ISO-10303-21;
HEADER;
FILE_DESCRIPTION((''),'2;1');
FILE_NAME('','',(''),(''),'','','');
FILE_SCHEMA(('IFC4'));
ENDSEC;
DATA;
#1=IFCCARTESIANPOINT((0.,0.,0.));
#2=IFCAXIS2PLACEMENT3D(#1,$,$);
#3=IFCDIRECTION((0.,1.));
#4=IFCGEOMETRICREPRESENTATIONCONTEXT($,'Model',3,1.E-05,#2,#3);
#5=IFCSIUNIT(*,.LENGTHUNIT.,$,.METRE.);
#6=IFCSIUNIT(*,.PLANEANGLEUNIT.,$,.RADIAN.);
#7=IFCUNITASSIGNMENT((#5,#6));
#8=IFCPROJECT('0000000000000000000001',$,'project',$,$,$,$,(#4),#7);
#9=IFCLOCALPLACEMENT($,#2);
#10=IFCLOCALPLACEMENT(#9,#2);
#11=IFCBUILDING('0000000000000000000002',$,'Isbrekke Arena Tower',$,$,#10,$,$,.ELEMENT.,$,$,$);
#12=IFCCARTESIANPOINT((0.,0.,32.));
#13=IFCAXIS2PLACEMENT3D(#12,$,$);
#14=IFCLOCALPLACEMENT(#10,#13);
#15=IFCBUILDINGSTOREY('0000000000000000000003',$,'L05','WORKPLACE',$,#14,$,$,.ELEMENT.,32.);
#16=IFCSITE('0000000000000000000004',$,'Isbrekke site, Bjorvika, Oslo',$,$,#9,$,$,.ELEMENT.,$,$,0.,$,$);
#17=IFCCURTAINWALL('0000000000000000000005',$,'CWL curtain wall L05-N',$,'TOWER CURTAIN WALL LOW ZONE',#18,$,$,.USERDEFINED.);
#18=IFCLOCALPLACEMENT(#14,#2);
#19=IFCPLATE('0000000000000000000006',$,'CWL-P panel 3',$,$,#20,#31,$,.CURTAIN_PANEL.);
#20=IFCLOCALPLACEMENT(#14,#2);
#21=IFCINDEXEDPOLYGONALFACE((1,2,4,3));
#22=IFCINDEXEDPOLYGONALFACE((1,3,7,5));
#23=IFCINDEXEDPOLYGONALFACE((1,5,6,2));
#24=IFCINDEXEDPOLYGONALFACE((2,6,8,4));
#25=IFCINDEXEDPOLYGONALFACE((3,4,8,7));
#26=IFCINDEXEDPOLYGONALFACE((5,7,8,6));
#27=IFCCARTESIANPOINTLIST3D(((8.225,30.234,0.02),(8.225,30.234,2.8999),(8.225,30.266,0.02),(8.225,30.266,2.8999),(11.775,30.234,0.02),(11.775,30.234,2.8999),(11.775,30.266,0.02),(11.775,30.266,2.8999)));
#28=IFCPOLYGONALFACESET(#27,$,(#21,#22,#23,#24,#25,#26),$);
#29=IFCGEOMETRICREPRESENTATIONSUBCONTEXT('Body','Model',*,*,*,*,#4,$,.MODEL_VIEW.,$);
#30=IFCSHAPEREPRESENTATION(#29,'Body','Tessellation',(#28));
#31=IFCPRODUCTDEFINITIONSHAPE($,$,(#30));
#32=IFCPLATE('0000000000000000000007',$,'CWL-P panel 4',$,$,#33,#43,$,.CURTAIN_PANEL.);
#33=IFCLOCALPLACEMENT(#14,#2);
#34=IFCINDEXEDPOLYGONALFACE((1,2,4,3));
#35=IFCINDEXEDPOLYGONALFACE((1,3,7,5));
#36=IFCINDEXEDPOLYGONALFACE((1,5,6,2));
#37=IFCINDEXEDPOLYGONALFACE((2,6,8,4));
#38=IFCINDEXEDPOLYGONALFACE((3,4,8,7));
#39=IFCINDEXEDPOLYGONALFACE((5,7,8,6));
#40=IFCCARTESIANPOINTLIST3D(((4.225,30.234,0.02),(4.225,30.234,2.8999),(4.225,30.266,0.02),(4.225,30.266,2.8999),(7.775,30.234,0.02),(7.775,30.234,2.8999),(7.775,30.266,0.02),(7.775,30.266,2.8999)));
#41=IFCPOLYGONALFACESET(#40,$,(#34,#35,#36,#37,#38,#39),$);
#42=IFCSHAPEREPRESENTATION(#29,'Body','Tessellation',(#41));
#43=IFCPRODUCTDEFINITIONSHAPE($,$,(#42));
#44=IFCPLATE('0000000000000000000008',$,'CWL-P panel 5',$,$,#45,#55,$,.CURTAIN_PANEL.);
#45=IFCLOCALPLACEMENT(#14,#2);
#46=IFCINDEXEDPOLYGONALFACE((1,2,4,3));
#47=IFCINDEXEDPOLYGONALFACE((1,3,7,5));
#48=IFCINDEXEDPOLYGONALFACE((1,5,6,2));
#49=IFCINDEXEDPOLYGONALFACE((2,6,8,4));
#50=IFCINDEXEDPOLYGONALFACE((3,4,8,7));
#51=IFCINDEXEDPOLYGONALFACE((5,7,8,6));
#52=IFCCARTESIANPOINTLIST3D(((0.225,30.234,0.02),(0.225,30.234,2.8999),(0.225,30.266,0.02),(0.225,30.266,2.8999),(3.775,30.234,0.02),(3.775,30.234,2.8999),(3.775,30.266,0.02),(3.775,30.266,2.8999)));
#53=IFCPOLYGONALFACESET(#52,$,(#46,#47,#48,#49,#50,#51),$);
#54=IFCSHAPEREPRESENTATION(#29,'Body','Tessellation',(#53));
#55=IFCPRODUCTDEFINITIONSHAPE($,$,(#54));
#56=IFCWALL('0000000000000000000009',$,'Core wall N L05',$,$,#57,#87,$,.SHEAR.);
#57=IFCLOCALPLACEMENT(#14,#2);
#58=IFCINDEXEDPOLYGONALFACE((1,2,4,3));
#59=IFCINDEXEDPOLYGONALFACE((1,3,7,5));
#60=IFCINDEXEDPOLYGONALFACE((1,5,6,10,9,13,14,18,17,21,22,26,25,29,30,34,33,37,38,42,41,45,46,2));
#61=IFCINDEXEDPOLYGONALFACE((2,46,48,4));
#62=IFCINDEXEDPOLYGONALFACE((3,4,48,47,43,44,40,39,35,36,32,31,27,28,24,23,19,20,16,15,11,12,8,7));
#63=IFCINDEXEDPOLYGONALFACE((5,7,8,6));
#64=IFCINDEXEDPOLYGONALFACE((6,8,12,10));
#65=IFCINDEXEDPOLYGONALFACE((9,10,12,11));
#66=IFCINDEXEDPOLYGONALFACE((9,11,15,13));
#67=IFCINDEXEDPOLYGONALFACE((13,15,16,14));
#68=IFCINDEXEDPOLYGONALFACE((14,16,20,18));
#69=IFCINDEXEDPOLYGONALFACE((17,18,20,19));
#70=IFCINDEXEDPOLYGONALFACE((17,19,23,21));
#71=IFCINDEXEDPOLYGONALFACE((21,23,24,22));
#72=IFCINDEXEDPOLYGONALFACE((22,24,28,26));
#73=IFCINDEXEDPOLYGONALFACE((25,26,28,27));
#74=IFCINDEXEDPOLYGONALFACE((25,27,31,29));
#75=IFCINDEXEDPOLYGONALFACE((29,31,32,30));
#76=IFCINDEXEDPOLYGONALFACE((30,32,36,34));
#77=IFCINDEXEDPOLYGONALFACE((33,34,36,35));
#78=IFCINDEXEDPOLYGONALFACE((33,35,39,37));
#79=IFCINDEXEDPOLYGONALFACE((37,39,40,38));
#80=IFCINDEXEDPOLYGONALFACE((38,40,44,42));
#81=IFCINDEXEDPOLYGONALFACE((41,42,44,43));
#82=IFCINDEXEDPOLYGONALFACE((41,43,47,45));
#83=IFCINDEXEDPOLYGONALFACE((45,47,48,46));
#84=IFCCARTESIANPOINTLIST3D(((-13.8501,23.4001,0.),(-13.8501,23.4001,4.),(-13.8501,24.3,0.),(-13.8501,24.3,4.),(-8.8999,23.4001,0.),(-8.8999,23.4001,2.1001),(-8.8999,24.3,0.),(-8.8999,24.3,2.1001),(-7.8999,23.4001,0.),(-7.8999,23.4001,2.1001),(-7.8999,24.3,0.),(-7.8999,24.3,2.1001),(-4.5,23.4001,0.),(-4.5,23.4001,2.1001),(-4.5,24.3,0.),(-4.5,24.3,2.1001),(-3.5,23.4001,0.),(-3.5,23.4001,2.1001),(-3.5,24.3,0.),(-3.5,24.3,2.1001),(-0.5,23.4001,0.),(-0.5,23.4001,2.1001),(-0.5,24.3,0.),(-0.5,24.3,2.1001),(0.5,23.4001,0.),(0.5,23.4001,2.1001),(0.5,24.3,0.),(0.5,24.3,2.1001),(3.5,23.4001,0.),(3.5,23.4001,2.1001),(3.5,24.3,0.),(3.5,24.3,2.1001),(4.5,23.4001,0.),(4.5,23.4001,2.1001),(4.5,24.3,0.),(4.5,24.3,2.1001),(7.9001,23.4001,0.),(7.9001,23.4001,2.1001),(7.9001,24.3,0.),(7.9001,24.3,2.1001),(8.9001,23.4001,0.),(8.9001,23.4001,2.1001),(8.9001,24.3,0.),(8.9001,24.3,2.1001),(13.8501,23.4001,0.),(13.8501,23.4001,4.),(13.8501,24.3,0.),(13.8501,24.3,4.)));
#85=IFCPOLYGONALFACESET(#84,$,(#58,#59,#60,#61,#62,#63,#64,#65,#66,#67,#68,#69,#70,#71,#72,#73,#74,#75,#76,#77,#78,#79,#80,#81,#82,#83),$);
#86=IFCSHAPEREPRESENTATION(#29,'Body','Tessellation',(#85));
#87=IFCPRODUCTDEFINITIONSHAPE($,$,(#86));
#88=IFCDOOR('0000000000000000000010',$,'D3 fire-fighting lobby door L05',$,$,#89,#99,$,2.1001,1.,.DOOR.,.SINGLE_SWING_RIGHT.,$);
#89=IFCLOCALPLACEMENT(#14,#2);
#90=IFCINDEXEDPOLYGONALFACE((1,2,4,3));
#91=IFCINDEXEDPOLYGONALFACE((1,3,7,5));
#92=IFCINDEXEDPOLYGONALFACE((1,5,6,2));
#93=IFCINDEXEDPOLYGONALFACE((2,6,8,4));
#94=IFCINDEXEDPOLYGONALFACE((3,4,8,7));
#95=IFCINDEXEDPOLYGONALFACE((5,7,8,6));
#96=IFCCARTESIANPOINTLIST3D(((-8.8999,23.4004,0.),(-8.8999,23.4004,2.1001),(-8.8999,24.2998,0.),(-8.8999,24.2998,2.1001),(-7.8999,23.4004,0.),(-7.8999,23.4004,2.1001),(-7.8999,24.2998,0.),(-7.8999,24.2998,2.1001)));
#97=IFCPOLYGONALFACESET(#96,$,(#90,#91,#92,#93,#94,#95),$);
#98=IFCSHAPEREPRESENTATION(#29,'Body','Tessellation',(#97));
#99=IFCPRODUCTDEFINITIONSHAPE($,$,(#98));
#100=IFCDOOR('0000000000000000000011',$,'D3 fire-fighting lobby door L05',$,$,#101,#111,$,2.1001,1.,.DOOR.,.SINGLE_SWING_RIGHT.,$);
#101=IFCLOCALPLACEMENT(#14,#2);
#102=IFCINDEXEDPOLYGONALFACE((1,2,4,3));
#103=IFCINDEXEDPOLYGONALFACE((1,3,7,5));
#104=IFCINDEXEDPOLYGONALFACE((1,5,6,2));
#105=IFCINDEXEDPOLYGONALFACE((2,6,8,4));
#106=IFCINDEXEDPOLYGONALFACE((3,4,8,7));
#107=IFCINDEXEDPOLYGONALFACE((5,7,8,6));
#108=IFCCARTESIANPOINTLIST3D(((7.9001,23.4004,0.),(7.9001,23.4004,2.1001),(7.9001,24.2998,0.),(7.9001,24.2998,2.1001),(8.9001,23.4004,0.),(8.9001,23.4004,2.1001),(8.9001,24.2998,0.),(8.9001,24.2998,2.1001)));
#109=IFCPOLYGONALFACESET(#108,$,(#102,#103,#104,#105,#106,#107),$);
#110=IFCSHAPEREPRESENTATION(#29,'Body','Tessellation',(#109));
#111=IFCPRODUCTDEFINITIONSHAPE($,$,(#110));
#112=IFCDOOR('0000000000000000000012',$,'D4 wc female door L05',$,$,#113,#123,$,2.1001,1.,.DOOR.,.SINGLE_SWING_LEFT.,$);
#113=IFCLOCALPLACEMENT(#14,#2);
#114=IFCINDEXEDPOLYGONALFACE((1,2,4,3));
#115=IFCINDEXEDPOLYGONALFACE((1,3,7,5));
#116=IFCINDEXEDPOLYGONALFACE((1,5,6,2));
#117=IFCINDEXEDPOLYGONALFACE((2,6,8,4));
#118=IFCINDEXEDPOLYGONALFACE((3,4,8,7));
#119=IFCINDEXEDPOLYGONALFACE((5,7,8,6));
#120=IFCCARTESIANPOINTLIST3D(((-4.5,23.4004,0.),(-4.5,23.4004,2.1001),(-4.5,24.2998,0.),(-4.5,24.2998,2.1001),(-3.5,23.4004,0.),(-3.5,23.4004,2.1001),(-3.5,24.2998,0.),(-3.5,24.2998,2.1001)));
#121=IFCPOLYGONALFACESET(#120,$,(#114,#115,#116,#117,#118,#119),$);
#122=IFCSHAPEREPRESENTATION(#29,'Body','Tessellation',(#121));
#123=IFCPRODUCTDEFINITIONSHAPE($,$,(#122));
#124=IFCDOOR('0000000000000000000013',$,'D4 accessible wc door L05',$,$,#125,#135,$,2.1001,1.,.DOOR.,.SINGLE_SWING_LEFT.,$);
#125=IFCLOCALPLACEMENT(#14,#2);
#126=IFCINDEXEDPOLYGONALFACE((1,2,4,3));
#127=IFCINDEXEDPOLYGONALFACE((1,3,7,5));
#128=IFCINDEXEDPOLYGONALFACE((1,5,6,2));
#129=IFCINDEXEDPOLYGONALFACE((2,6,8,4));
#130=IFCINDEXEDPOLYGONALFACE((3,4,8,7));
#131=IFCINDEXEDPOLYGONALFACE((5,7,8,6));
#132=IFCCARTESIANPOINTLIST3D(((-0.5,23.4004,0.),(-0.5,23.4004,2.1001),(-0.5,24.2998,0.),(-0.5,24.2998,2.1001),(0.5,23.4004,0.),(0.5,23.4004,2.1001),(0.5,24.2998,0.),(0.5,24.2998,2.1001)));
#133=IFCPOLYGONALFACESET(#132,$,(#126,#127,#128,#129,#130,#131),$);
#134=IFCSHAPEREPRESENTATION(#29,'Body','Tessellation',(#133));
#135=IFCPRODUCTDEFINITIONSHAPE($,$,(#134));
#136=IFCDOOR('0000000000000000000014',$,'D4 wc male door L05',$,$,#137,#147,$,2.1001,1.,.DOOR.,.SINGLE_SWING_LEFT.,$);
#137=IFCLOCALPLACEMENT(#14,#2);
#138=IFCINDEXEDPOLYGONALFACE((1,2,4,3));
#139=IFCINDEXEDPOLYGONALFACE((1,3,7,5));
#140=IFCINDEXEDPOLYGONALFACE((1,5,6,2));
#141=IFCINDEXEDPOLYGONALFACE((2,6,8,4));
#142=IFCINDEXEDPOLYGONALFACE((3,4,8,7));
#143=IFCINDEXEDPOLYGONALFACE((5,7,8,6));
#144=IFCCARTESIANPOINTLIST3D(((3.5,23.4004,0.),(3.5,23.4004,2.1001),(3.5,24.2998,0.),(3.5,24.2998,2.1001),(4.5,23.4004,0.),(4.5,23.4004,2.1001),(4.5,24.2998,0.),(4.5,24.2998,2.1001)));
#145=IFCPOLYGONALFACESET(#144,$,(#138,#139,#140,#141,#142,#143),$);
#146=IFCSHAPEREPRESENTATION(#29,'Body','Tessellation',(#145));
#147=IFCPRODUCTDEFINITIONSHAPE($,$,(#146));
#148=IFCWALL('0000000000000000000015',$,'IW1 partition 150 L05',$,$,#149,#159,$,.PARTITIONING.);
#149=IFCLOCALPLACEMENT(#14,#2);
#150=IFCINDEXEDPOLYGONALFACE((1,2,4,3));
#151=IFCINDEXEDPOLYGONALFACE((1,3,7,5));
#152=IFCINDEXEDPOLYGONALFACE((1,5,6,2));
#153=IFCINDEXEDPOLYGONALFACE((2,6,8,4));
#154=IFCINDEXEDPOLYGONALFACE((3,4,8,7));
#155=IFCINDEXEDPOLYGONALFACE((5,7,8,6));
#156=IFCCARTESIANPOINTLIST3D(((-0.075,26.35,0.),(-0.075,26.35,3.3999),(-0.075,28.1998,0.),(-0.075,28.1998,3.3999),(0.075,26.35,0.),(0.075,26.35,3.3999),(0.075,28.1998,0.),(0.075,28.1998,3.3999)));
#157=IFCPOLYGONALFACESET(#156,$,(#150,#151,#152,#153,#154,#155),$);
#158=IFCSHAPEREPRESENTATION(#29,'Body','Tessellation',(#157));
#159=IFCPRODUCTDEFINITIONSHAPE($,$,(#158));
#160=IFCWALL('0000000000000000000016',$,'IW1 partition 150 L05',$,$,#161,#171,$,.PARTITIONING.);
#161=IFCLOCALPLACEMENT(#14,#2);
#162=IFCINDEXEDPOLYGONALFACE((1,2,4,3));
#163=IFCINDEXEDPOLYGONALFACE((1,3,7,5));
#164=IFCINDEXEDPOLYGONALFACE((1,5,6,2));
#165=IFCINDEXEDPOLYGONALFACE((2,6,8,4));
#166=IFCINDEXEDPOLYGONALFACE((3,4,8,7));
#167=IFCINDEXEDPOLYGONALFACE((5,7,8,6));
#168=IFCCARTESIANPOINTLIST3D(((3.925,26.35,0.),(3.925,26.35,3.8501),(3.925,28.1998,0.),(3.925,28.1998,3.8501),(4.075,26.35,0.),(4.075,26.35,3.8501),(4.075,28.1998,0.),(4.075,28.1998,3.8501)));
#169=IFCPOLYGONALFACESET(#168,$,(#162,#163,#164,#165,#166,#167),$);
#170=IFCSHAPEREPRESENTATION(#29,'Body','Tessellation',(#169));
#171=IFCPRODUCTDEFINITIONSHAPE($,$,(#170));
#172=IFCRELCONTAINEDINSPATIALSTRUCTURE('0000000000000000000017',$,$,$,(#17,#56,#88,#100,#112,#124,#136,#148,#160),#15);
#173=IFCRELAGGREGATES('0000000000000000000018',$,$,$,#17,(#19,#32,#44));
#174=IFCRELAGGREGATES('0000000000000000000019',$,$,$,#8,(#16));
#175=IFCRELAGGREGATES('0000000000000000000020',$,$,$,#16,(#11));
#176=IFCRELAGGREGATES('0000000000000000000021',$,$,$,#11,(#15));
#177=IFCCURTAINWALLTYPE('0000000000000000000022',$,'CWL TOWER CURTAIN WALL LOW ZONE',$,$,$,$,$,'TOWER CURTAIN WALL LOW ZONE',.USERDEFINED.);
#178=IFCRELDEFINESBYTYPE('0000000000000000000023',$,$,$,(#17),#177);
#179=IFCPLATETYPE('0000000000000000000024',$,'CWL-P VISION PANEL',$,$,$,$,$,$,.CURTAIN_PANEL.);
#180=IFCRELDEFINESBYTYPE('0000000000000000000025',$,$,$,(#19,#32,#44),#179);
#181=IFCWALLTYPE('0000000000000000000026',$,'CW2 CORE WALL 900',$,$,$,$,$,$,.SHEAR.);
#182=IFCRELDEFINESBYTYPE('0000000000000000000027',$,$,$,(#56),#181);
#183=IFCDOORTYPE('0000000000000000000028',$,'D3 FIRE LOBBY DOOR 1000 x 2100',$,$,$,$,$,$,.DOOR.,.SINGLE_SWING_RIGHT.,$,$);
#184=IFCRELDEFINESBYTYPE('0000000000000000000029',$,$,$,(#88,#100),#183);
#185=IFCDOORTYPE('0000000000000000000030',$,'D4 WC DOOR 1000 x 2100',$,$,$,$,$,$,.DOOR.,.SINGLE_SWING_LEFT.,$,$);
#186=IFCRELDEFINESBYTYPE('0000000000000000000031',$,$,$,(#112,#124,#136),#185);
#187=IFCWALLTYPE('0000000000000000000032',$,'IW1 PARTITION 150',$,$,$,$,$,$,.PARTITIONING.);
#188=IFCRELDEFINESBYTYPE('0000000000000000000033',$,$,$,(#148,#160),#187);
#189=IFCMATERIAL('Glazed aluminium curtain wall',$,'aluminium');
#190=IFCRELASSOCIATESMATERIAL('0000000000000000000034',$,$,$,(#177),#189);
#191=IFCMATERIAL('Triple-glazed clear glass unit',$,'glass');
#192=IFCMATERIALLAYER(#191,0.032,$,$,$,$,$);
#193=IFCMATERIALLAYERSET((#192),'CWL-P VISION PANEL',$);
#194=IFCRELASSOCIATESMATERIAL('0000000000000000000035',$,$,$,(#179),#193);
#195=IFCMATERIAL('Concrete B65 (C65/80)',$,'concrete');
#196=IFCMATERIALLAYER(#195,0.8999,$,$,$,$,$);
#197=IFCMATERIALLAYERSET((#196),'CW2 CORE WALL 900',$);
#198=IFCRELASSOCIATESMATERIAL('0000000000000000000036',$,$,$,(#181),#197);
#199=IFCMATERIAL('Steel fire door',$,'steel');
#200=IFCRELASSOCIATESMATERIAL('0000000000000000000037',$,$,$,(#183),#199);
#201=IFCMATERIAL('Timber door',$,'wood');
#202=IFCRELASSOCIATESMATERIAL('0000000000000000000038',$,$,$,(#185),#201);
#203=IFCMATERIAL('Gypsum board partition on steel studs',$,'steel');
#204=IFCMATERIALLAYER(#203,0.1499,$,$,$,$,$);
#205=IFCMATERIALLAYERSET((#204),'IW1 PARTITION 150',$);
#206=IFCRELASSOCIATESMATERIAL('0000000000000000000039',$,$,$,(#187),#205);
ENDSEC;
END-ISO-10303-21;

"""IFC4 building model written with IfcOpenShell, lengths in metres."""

from ifc_helpers import new_model, si_unit, direction, frame, frame_2d, origin, origin_2d, place, context, subcontext, project, spatial, rectangle, extrude, material, layer, layer_set, type_object, element, fill, aggregate, save


model = new_model("IFC4")

# Units and contexts
model_context = context("Model", 3, precision=1e-05, world=origin(), true_north=direction((0.0, 1.0)))
body_context = subcontext(model_context, "Body", "Model", "MODEL_VIEW")
ifc_project = project(units=[si_unit("LENGTHUNIT", "METRE"), si_unit("PLANEANGLEUNIT", "RADIAN")], contexts=[model_context])

# Site, building, storey
site_placement = place(None, origin())
site = spatial("IfcSite", under=ifc_project, at=site_placement, Name="Isbrekke site, Bjorvika, Oslo", CompositionType="ELEMENT", RefElevation=0.0)
building_placement = place(site_placement, origin())
building = spatial("IfcBuilding", under=site, at=building_placement, Name="Isbrekke Arena Tower", CompositionType="ELEMENT")
storey_placement = place(building_placement, frame((0.0, 0.0, 32.0)))
storey = spatial("IfcBuildingStorey", under=building, at=storey_placement, Name="L05", Description="WORKPLACE", CompositionType="ELEMENT", Elevation=32.0)

# Curtain wall
ifc_material_1 = material(Name="Glazed aluminium curtain wall", Category="aluminium")
curtain_wall_type = type_object("IfcCurtainWallType", Name="CWL TOWER CURTAIN WALL LOW ZONE", ElementType="TOWER CURTAIN WALL LOW ZONE", PredefinedType="USERDEFINED", material=ifc_material_1)
curtain_wall_placement = place(storey_placement, origin())
curtain_wall = element("IfcCurtainWall", 1, at=curtain_wall_placement, inside=storey, type_object=curtain_wall_type, Name="CWL curtain wall L05-N", ObjectType="TOWER CURTAIN WALL LOW ZONE", PredefinedType="USERDEFINED")

# Plates
ifc_material_2 = material(Name="Triple-glazed clear glass unit", Category="glass")
ifc_layer_1 = layer(ifc_material_2, 0.032)
ifc_layer_set_1 = layer_set([ifc_layer_1], Name="CWL-P VISION PANEL")
plate_type = type_object("IfcPlateType", Name="CWL-P VISION PANEL", PredefinedType="CURTAIN_PANEL", material=ifc_layer_set_1)
plate_1_placement = place(storey_placement, frame((10.0, 30.25, 0.02), z_axis=(0.0, 0.0, 1.0), x_axis=(-1.0, 0.0, 0.0)))
plate_1 = element("IfcPlate", 2, at=plate_1_placement, type_object=plate_type, Name="CWL-P panel 3", PredefinedType="CURTAIN_PANEL", context=body_context, shape_type="SweptSolid", body=[
    extrude(rectangle(XDim=3.55, YDim=0.032, at=origin_2d()), origin(), (0.0, 0.0, 1.0), 2.8799),
])
plate_2_placement = place(storey_placement, frame((6.0, 30.25, 0.02), z_axis=(0.0, 0.0, 1.0), x_axis=(-1.0, 0.0, 0.0)))
plate_2 = element("IfcPlate", 3, at=plate_2_placement, type_object=plate_type, Name="CWL-P panel 4", PredefinedType="CURTAIN_PANEL", context=body_context, shape_type="SweptSolid", body=[
    extrude(rectangle(XDim=3.55, YDim=0.032, at=origin_2d()), origin(), (0.0, 0.0, 1.0), 2.8799),
])
plate_3_placement = place(storey_placement, frame((2.0, 30.25, 0.02), z_axis=(0.0, 0.0, 1.0), x_axis=(-1.0, 0.0, 0.0)))
plate_3 = element("IfcPlate", 4, at=plate_3_placement, type_object=plate_type, Name="CWL-P panel 5", PredefinedType="CURTAIN_PANEL", context=body_context, shape_type="SweptSolid", body=[
    extrude(rectangle(XDim=3.55, YDim=0.032, at=origin_2d()), origin(), (0.0, 0.0, 1.0), 2.8799),
])
aggregate(curtain_wall, [plate_1, plate_2, plate_3])

# Wall, openings, doors
ifc_material_3 = material(Name="Concrete B65 (C65/80)", Category="concrete")
ifc_layer_2 = layer(ifc_material_3, 0.8999)
ifc_layer_set_2 = layer_set([ifc_layer_2], Name="CW2 CORE WALL 900")
wall_type_1 = type_object("IfcWallType", Name="CW2 CORE WALL 900", PredefinedType="SHEAR", material=ifc_layer_set_2)
wall_1_placement = place(storey_placement, frame((13.8501, 23.8501, 0.0), z_axis=(0.0, 0.0, 1.0), x_axis=(-1.0, 0.0, 0.0)))
wall_1 = element("IfcWall", 5, at=wall_1_placement, inside=storey, type_object=wall_type_1, Name="Core wall N L05", PredefinedType="SHEAR", context=body_context, shape_type="SweptSolid", body=[
    extrude(rectangle(XDim=27.7002, YDim=0.8999, at=frame_2d((13.8501, 0.0))), origin(), (0.0, 0.0, 1.0), 4.0),
])
opening_1_placement = place(wall_1_placement, frame((21.75, 0.0, 0.0)))
opening_1 = element("IfcOpeningElement", 6, at=opening_1_placement, cuts=wall_1, PredefinedType="OPENING", context=body_context, shape_type="SweptSolid", body=[
    extrude(rectangle(XDim=1.0, YDim=2.1001, at=frame_2d((0.5, 1.05))), frame((0.0, 0.4648, 0.0), z_axis=(0.0, -1.0, 0.0), x_axis=(1.0, 0.0, 0.0)), (0.0, 0.0, 1.0), 0.9297),
])
opening_2_placement = place(wall_1_placement, frame((4.95, 0.0, 0.0)))
opening_2 = element("IfcOpeningElement", 7, at=opening_2_placement, cuts=wall_1, PredefinedType="OPENING", context=body_context, shape_type="SweptSolid", body=[
    extrude(rectangle(XDim=1.0, YDim=2.1001, at=frame_2d((0.5, 1.05))), frame((0.0, 0.4648, 0.0), z_axis=(0.0, -1.0, 0.0), x_axis=(1.0, 0.0, 0.0)), (0.0, 0.0, 1.0), 0.9297),
])
opening_3_placement = place(wall_1_placement, frame((17.3501, 0.0, 0.0)))
opening_3 = element("IfcOpeningElement", 8, at=opening_3_placement, cuts=wall_1, PredefinedType="OPENING", context=body_context, shape_type="SweptSolid", body=[
    extrude(rectangle(XDim=1.0, YDim=2.1001, at=frame_2d((0.5, 1.05))), frame((0.0, 0.4648, 0.0), z_axis=(0.0, -1.0, 0.0), x_axis=(1.0, 0.0, 0.0)), (0.0, 0.0, 1.0), 0.9297),
])
opening_4_placement = place(wall_1_placement, frame((13.3501, 0.0, 0.0)))
opening_4 = element("IfcOpeningElement", 9, at=opening_4_placement, cuts=wall_1, PredefinedType="OPENING", context=body_context, shape_type="SweptSolid", body=[
    extrude(rectangle(XDim=1.0, YDim=2.1001, at=frame_2d((0.5, 1.05))), frame((0.0, 0.4648, 0.0), z_axis=(0.0, -1.0, 0.0), x_axis=(1.0, 0.0, 0.0)), (0.0, 0.0, 1.0), 0.9297),
])
opening_5_placement = place(wall_1_placement, frame((9.3501, 0.0, 0.0)))
opening_5 = element("IfcOpeningElement", 10, at=opening_5_placement, cuts=wall_1, PredefinedType="OPENING", context=body_context, shape_type="SweptSolid", body=[
    extrude(rectangle(XDim=1.0, YDim=2.1001, at=frame_2d((0.5, 1.05))), frame((0.0, 0.4648, 0.0), z_axis=(0.0, -1.0, 0.0), x_axis=(1.0, 0.0, 0.0)), (0.0, 0.0, 1.0), 0.9297),
])
ifc_material_4 = material(Name="Steel fire door", Category="steel")
door_type_1 = type_object("IfcDoorType", Name="D3 FIRE LOBBY DOOR 1000 x 2100", OperationType="SINGLE_SWING_RIGHT", PredefinedType="DOOR", material=ifc_material_4)
door_1_placement = place(opening_1_placement, origin())
door_1 = element("IfcDoor", 11, at=door_1_placement, inside=storey, type_object=door_type_1, Name="D3 fire-fighting lobby door L05", OperationType="SINGLE_SWING_RIGHT", OverallHeight=2.1001, OverallWidth=1.0, PredefinedType="DOOR", context=body_context, shape_type="SweptSolid", body=[
    extrude(rectangle(XDim=1.0, YDim=2.1001, at=frame_2d((0.5, 1.05))), frame((0.0, 0.4497, 0.0), z_axis=(0.0, -1.0, 0.0), x_axis=(1.0, 0.0, 0.0)), (0.0, 0.0, 1.0), 0.8994),
])
fill(opening_1, door_1)
door_2_placement = place(opening_2_placement, origin())
door_2 = element("IfcDoor", 12, at=door_2_placement, inside=storey, type_object=door_type_1, Name="D3 fire-fighting lobby door L05", OperationType="SINGLE_SWING_RIGHT", OverallHeight=2.1001, OverallWidth=1.0, PredefinedType="DOOR", context=body_context, shape_type="SweptSolid", body=[
    extrude(rectangle(XDim=1.0, YDim=2.1001, at=frame_2d((0.5, 1.05))), frame((0.0, 0.4497, 0.0), z_axis=(0.0, -1.0, 0.0), x_axis=(1.0, 0.0, 0.0)), (0.0, 0.0, 1.0), 0.8994),
])
fill(opening_2, door_2)
ifc_material_5 = material(Name="Timber door", Category="wood")
door_type_2 = type_object("IfcDoorType", Name="D4 WC DOOR 1000 x 2100", OperationType="SINGLE_SWING_LEFT", PredefinedType="DOOR", material=ifc_material_5)
door_3_placement = place(opening_3_placement, origin())
door_3 = element("IfcDoor", 13, at=door_3_placement, inside=storey, type_object=door_type_2, Name="D4 wc female door L05", OperationType="SINGLE_SWING_LEFT", OverallHeight=2.1001, OverallWidth=1.0, PredefinedType="DOOR", context=body_context, shape_type="SweptSolid", body=[
    extrude(rectangle(XDim=1.0, YDim=2.1001, at=frame_2d((0.5, 1.05))), frame((0.0, 0.4497, 0.0), z_axis=(0.0, -1.0, 0.0), x_axis=(1.0, 0.0, 0.0)), (0.0, 0.0, 1.0), 0.8994),
])
fill(opening_3, door_3)
door_4_placement = place(opening_4_placement, origin())
door_4 = element("IfcDoor", 14, at=door_4_placement, inside=storey, type_object=door_type_2, Name="D4 accessible wc door L05", OperationType="SINGLE_SWING_LEFT", OverallHeight=2.1001, OverallWidth=1.0, PredefinedType="DOOR", context=body_context, shape_type="SweptSolid", body=[
    extrude(rectangle(XDim=1.0, YDim=2.1001, at=frame_2d((0.5, 1.05))), frame((0.0, 0.4497, 0.0), z_axis=(0.0, -1.0, 0.0), x_axis=(1.0, 0.0, 0.0)), (0.0, 0.0, 1.0), 0.8994),
])
fill(opening_4, door_4)
door_5_placement = place(opening_5_placement, origin())
door_5 = element("IfcDoor", 15, at=door_5_placement, inside=storey, type_object=door_type_2, Name="D4 wc male door L05", OperationType="SINGLE_SWING_LEFT", OverallHeight=2.1001, OverallWidth=1.0, PredefinedType="DOOR", context=body_context, shape_type="SweptSolid", body=[
    extrude(rectangle(XDim=1.0, YDim=2.1001, at=frame_2d((0.5, 1.05))), frame((0.0, 0.4497, 0.0), z_axis=(0.0, -1.0, 0.0), x_axis=(1.0, 0.0, 0.0)), (0.0, 0.0, 1.0), 0.8994),
])
fill(opening_5, door_5)

# Walls
ifc_material_6 = material(Name="Gypsum board partition on steel studs", Category="steel")
ifc_layer_3 = layer(ifc_material_6, 0.1499)
ifc_layer_set_3 = layer_set([ifc_layer_3], Name="IW1 PARTITION 150")
wall_type_2 = type_object("IfcWallType", Name="IW1 PARTITION 150", PredefinedType="PARTITIONING", material=ifc_layer_set_3)
wall_2_placement = place(storey_placement, frame((0.0, 26.3501, 0.0), z_axis=(0.0, 0.0, 1.0), x_axis=(0.0, 1.0, 0.0)))
element("IfcWall", 16, at=wall_2_placement, inside=storey, type_object=wall_type_2, Name="IW1 partition 150 L05", PredefinedType="PARTITIONING", context=body_context, shape_type="SweptSolid", body=[
    extrude(rectangle(XDim=1.8499, YDim=0.1499, at=frame_2d((0.9248, 0.0))), origin(), (0.0, 0.0, 1.0), 3.3999),
])
wall_3_placement = place(storey_placement, frame((4.0, 26.3501, 0.0), z_axis=(0.0, 0.0, 1.0), x_axis=(0.0, 1.0, 0.0)))
element("IfcWall", 17, at=wall_3_placement, inside=storey, type_object=wall_type_2, Name="IW1 partition 150 L05", PredefinedType="PARTITIONING", context=body_context, shape_type="SweptSolid", body=[
    extrude(rectangle(XDim=1.8499, YDim=0.1499, at=frame_2d((0.9248, 0.0))), origin(), (0.0, 0.0, 1.0), 3.8501),
])

save(model, "model.ifc")
